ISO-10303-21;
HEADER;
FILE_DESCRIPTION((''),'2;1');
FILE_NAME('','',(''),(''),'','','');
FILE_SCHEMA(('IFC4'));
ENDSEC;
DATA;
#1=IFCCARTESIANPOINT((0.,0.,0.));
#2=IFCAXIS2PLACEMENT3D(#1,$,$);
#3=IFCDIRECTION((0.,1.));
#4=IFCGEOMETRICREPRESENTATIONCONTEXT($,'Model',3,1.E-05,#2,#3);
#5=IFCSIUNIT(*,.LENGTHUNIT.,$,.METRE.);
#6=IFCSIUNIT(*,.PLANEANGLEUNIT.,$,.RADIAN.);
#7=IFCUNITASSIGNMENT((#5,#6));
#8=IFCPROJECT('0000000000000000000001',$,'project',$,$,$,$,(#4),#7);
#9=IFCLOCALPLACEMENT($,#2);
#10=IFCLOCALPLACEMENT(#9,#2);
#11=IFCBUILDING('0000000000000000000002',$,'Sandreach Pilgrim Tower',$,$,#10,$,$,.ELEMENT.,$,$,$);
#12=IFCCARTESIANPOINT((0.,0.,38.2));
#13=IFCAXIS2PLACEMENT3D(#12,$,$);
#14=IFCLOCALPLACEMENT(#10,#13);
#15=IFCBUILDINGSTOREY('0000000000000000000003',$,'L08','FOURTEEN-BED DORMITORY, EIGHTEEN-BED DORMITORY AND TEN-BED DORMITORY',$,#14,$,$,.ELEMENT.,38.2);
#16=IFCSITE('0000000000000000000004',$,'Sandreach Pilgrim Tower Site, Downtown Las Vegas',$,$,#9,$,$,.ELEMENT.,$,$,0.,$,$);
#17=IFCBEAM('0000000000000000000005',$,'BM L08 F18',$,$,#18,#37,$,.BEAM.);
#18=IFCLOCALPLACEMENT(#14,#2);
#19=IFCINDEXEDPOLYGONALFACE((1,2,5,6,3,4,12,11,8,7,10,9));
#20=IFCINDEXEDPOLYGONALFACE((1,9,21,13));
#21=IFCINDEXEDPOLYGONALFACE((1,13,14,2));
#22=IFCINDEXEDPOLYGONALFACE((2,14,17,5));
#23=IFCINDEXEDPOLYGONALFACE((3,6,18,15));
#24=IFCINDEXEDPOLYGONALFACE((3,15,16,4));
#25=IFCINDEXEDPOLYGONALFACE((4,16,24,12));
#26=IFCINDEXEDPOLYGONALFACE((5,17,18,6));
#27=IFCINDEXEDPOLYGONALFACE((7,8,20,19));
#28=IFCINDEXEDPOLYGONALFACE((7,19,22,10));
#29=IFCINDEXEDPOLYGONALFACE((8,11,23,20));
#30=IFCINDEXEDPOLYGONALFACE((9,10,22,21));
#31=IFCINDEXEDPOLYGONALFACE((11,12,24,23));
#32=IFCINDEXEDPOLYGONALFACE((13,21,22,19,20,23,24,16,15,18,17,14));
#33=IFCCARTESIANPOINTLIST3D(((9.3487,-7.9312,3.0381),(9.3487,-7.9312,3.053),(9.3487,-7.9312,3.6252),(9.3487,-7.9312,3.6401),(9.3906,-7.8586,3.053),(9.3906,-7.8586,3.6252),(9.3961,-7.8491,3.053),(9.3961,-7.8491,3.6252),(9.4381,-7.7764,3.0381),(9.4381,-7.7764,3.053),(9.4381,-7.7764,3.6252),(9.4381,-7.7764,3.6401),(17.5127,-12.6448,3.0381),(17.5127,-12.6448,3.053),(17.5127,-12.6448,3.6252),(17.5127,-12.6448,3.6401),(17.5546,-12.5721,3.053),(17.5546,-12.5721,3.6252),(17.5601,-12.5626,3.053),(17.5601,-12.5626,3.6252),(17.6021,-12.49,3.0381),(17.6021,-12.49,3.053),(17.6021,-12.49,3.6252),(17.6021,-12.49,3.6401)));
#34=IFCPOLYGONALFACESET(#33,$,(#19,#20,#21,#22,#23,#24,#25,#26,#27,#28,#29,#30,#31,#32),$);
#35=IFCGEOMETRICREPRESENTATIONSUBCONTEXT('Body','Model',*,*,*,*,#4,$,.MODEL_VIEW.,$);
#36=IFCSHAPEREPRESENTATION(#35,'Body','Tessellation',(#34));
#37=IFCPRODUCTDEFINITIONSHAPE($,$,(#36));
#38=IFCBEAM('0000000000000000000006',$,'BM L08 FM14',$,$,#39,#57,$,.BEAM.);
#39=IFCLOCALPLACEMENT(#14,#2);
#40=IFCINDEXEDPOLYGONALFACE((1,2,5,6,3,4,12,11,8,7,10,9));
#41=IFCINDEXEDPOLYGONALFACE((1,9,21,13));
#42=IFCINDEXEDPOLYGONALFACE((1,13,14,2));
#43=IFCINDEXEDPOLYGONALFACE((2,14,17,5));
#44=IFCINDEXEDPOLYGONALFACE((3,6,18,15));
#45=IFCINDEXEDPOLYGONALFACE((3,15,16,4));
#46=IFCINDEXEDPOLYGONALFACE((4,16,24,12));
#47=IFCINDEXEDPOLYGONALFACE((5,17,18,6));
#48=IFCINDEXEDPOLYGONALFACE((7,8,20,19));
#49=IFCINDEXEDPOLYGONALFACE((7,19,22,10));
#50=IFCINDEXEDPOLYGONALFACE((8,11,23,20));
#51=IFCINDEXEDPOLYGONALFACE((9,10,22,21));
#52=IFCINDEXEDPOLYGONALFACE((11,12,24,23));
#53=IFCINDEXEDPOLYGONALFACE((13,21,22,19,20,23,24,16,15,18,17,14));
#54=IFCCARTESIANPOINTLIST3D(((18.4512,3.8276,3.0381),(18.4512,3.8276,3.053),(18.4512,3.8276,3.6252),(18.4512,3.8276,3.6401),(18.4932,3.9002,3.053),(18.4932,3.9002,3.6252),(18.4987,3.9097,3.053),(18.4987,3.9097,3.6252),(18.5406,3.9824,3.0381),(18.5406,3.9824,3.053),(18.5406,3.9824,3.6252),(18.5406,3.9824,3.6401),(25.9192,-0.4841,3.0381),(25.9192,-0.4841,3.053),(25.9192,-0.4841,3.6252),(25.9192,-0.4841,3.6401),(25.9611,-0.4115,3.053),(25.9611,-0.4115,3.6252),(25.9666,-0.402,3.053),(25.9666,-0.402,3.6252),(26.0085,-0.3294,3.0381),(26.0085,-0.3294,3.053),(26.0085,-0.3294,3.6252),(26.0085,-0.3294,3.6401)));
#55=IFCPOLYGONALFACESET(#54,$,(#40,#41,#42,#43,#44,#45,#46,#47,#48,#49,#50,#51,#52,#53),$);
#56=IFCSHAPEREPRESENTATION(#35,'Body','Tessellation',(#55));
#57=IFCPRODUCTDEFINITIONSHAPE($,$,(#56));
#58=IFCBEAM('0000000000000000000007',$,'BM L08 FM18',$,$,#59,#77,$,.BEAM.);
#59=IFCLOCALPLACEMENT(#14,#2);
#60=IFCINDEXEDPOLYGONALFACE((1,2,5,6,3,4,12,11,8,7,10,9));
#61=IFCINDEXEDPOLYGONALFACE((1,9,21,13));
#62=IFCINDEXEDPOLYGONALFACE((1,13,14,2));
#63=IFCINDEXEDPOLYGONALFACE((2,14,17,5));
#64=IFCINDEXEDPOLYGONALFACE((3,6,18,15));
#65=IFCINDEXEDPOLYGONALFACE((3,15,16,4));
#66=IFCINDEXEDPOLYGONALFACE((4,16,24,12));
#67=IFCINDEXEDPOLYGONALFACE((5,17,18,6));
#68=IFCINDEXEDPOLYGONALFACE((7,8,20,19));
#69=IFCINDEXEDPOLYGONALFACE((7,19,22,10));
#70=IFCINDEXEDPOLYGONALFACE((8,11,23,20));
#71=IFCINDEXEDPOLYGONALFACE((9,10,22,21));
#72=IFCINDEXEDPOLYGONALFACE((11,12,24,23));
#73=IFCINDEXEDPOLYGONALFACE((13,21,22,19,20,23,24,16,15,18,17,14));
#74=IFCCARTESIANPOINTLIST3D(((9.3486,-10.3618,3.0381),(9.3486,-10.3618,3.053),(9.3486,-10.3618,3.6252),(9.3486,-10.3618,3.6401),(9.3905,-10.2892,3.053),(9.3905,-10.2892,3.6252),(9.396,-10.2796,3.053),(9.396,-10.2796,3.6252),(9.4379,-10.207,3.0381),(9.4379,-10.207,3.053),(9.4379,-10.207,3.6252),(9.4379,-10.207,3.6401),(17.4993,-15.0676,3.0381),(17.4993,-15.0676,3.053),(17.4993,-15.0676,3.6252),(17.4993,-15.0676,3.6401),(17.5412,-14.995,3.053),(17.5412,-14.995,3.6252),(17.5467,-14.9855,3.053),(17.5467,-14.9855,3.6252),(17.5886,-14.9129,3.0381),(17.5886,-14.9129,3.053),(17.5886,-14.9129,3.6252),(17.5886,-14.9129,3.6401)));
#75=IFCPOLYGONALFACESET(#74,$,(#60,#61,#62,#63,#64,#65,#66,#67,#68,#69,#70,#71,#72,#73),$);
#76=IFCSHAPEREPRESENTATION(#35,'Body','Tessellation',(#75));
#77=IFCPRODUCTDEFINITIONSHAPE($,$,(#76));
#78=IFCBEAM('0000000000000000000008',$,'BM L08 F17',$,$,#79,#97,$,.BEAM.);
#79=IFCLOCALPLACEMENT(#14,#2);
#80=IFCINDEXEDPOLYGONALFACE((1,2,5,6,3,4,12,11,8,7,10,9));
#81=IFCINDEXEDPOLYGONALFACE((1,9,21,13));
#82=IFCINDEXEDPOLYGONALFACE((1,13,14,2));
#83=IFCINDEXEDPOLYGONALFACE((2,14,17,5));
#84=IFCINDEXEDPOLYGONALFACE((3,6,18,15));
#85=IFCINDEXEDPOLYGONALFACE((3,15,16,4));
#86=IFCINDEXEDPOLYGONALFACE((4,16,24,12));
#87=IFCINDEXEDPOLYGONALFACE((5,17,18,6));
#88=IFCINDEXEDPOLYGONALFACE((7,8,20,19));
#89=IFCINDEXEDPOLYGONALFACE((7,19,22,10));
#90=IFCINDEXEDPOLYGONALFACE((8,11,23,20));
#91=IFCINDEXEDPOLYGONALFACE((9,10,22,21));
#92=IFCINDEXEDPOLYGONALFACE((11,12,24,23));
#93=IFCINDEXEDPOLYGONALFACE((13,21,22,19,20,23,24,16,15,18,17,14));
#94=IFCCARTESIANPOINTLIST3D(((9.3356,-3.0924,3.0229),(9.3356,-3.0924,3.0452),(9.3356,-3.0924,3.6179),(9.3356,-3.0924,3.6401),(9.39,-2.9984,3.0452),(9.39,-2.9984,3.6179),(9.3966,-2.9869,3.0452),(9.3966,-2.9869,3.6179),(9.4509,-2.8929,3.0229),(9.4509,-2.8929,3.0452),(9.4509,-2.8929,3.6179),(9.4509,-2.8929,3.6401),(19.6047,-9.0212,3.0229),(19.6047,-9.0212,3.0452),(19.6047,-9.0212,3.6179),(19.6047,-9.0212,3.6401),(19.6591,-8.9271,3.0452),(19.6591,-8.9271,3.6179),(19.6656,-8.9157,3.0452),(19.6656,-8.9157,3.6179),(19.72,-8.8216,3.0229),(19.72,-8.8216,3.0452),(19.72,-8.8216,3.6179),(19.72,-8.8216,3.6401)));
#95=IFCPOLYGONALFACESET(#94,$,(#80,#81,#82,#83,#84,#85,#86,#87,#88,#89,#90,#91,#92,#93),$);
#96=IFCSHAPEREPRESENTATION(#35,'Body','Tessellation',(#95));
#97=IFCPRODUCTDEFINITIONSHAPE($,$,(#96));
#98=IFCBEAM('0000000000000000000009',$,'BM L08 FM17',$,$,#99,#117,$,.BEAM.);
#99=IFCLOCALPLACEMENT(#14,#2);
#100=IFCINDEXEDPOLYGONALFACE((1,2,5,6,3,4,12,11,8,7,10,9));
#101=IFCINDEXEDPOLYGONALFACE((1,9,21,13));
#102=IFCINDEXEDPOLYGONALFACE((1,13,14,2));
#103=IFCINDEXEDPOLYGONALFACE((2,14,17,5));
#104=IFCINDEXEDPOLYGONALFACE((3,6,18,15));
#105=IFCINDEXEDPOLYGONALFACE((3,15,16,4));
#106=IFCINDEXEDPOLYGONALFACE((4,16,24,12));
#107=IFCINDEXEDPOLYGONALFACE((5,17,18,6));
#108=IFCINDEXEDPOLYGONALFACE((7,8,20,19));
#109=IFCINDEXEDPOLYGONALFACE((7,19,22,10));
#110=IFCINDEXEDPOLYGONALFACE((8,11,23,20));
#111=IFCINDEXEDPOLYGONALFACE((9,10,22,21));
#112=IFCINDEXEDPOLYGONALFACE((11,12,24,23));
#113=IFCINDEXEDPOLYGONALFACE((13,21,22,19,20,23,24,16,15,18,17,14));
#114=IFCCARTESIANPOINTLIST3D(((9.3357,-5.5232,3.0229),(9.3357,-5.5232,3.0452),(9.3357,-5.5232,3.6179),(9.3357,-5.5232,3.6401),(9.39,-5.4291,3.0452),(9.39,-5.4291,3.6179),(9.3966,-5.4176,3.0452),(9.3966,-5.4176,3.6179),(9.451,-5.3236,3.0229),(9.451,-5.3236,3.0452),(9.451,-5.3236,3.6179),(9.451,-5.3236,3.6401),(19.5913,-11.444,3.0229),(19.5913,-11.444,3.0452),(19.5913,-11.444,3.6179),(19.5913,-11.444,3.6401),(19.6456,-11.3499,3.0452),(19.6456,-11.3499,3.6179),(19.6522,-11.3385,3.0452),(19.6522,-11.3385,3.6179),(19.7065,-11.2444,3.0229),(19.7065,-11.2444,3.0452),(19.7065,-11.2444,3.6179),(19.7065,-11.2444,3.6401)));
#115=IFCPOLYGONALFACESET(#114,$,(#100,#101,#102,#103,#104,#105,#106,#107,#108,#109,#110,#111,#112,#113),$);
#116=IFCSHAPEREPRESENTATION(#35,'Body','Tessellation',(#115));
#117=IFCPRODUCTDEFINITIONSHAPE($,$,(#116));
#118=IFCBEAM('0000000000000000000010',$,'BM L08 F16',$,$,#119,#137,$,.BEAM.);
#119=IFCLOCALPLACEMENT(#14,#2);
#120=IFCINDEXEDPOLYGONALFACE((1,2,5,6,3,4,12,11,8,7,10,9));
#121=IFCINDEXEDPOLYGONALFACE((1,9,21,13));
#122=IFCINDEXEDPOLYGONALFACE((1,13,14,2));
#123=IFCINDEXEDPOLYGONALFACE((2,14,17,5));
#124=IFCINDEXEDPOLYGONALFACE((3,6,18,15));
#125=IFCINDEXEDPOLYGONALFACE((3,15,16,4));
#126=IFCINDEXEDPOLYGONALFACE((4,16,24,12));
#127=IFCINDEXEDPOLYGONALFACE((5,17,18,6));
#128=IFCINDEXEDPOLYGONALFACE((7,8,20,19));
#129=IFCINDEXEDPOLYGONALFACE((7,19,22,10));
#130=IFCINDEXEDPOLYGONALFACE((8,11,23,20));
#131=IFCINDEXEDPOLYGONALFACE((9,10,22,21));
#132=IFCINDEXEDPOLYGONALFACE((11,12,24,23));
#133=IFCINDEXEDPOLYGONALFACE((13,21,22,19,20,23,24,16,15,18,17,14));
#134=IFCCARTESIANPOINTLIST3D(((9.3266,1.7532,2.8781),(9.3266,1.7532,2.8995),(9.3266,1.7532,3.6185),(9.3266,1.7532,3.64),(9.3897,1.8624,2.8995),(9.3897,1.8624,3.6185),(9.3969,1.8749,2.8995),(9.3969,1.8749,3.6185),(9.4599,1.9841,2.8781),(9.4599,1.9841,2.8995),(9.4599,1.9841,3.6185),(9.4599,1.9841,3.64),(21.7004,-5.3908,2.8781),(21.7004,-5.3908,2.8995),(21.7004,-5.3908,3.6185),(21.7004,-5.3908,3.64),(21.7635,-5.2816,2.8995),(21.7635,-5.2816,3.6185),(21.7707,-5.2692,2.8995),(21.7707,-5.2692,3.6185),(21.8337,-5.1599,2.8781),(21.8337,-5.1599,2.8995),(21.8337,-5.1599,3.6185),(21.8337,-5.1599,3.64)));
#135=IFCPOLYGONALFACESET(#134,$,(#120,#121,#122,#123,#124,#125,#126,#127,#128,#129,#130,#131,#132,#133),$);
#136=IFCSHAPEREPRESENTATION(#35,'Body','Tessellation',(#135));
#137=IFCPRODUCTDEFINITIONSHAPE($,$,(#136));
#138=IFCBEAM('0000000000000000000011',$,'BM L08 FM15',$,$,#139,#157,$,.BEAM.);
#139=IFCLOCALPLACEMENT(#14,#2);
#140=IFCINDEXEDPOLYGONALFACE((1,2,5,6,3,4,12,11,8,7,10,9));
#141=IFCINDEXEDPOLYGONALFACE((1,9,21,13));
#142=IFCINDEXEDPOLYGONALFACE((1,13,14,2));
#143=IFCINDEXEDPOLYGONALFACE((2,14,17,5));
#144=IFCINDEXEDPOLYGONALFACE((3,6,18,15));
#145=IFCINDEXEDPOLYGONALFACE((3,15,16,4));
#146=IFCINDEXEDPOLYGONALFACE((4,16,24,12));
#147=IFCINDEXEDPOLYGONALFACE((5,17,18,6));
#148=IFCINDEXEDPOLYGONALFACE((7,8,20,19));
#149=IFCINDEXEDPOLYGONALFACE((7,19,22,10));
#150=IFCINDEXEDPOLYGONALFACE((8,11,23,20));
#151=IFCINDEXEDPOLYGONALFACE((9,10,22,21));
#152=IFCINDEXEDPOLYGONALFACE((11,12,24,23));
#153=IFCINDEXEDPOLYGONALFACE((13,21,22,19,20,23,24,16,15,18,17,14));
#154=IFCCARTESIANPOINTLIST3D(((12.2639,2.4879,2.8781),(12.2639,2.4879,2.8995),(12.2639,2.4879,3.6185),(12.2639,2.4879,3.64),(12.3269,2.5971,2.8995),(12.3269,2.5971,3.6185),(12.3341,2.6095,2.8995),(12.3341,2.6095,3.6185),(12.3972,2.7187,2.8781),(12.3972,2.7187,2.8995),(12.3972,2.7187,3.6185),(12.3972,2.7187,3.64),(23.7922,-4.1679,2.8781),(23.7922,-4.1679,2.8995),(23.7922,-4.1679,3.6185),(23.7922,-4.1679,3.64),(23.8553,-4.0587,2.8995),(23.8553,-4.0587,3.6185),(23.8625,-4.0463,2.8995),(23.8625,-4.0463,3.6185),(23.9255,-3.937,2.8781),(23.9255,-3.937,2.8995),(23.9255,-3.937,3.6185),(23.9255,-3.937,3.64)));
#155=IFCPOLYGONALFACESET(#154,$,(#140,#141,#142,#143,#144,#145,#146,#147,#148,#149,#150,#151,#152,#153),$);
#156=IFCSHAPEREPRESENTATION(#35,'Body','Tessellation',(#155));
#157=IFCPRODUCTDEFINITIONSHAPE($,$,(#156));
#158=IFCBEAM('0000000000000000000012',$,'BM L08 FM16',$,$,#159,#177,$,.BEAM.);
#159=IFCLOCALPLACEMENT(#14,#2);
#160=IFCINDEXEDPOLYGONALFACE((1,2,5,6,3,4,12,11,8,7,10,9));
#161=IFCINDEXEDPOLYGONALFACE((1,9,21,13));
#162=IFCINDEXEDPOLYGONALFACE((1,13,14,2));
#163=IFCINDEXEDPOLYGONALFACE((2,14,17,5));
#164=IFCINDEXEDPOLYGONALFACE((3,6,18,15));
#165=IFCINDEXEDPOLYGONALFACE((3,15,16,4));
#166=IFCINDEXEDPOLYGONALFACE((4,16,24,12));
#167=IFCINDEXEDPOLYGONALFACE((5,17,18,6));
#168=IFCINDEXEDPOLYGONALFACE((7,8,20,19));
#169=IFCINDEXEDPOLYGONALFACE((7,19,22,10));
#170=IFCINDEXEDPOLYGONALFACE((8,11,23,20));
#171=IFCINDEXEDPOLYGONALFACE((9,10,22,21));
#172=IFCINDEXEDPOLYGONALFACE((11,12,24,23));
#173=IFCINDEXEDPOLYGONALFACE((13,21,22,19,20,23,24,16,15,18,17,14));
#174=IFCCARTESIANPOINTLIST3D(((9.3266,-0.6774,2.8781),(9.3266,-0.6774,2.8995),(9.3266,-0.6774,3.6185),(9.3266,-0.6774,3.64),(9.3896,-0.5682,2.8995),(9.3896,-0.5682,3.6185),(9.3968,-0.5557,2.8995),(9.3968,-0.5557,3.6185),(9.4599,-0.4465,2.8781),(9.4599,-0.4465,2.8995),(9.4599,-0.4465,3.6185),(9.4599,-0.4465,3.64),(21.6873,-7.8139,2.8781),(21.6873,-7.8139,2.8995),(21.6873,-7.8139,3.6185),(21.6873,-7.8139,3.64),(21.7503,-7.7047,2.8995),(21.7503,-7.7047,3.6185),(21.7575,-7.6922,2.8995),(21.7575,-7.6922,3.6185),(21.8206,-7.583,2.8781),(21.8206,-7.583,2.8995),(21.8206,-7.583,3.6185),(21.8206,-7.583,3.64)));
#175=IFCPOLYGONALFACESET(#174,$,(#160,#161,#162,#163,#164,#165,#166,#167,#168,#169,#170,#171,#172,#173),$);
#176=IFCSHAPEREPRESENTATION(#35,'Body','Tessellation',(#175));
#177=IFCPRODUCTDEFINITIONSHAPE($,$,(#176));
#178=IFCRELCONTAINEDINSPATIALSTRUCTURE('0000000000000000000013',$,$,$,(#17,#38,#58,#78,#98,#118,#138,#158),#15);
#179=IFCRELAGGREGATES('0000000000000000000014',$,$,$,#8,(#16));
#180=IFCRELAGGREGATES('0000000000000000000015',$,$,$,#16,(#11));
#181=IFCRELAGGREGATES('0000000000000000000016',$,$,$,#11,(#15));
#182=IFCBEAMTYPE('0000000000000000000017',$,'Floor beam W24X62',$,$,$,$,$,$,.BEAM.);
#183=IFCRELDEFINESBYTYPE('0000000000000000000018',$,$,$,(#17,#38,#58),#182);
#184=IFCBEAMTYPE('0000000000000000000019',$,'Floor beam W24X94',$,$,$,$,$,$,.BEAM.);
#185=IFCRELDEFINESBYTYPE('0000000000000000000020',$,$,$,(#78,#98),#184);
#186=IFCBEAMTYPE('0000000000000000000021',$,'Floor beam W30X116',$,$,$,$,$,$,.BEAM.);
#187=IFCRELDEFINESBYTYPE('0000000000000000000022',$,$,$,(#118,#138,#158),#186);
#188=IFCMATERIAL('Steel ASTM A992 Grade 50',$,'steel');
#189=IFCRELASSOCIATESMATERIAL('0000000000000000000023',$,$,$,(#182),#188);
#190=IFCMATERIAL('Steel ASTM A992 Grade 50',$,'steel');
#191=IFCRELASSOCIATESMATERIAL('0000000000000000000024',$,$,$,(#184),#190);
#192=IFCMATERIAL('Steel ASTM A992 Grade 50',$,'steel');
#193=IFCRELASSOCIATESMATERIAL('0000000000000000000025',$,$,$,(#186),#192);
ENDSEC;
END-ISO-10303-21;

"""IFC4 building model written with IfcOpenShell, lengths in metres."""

from ifc_helpers import new_model, si_unit, direction, frame, origin, origin_2d, place, context, subcontext, project, spatial, i_section, extrude, material, material_profile, profile_set, type_object, element, save


model = new_model("IFC4")

# Units and contexts
model_context = context("Model", 3, precision=1e-05, world=origin(), true_north=direction((0.0, 1.0)))
body_context = subcontext(model_context, "Body", "Model", "MODEL_VIEW")
ifc_project = project(units=[si_unit("LENGTHUNIT", "METRE"), si_unit("PLANEANGLEUNIT", "RADIAN")], contexts=[model_context])

# Site, building, storey
site_placement = place(None, origin())
site = spatial("IfcSite", under=ifc_project, at=site_placement, Name="Sandreach Pilgrim Tower Site, Downtown Las Vegas", CompositionType="ELEMENT", RefElevation=0.0)
building_placement = place(site_placement, origin())
building = spatial("IfcBuilding", under=site, at=building_placement, Name="Sandreach Pilgrim Tower", CompositionType="ELEMENT")
storey_placement = place(building_placement, frame((0.0, 0.0, 38.2)))
storey = spatial("IfcBuildingStorey", under=building, at=storey_placement, Name="L08", Description="FOURTEEN-BED DORMITORY, EIGHTEEN-BED DORMITORY AND TEN-BED DORMITORY", CompositionType="ELEMENT", Elevation=38.2)

# Beams
ifc_material_1 = material(Name="Steel ASTM A992 Grade 50", Category="steel")
ifc_material_profile_1 = material_profile(ifc_material_1, i_section(OverallWidth=0.1787, OverallDepth=0.6021, WebThickness=0.011, FlangeThickness=0.0149, at=origin_2d()), Name="W24X62")
ifc_profile_set_1 = profile_set([ifc_material_profile_1], Name="Steel ASTM A992 Grade 50")
beam_type_1 = type_object("IfcBeamType", Name="Floor beam W24X62", PredefinedType="BEAM", material=ifc_profile_set_1)
beam_1_placement = place(storey_placement, frame((17.5574, -12.5674, 3.3391), z_axis=(-0.866021, 0.500008, 0.0), x_axis=(-0.500008, -0.866021, 0.0)))
element("IfcBeam", 1, at=beam_1_placement, inside=storey, type_object=beam_type_1, Name="BM L08 F18", PredefinedType="BEAM", context=body_context, shape_type="SweptSolid", body=[
    extrude(i_section(OverallWidth=0.1787, OverallDepth=0.6021, WebThickness=0.011, FlangeThickness=0.0149, at=origin_2d()), origin(), (0.0, 0.0, 1.0), 9.427),
])
beam_2_placement = place(storey_placement, frame((25.9639, -0.4067, 3.3391), z_axis=(-0.86602, 0.500009, 0.0), x_axis=(-0.500009, -0.86602, 0.0)))
element("IfcBeam", 2, at=beam_2_placement, inside=storey, type_object=beam_type_1, Name="BM L08 FM14", PredefinedType="BEAM", context=body_context, shape_type="SweptSolid", body=[
    extrude(i_section(OverallWidth=0.1787, OverallDepth=0.6021, WebThickness=0.011, FlangeThickness=0.0149, at=origin_2d()), origin(), (0.0, 0.0, 1.0), 8.6233),
])
beam_3_placement = place(storey_placement, frame((17.5439, -14.9902, 3.3391), z_axis=(-0.866024, 0.500003, 0.0), x_axis=(-0.500003, -0.866024, 0.0)))
element("IfcBeam", 3, at=beam_3_placement, inside=storey, type_object=beam_type_1, Name="BM L08 FM18", PredefinedType="BEAM", context=body_context, shape_type="SweptSolid", body=[
    extrude(i_section(OverallWidth=0.1787, OverallDepth=0.6021, WebThickness=0.011, FlangeThickness=0.0149, at=origin_2d()), origin(), (0.0, 0.0, 1.0), 9.4116),
])
ifc_material_2 = material(Name="Steel ASTM A992 Grade 50", Category="steel")
ifc_material_profile_2 = material_profile(ifc_material_2, i_section(OverallWidth=0.2305, OverallDepth=0.6172, WebThickness=0.0132, FlangeThickness=0.0222, at=origin_2d()), Name="W24X94")
ifc_profile_set_2 = profile_set([ifc_material_profile_2], Name="Steel ASTM A992 Grade 50")
beam_type_2 = type_object("IfcBeamType", Name="Floor beam W24X94", PredefinedType="BEAM", material=ifc_profile_set_2)
beam_4_placement = place(storey_placement, frame((19.6624, -8.9214, 3.3315), z_axis=(-0.86603, 0.499992, 0.0), x_axis=(-0.499992, -0.86603, 0.0)))
element("IfcBeam", 4, at=beam_4_placement, inside=storey, type_object=beam_type_2, Name="BM L08 F17", PredefinedType="BEAM", context=body_context, shape_type="SweptSolid", body=[
    extrude(i_section(OverallWidth=0.2305, OverallDepth=0.6172, WebThickness=0.0132, FlangeThickness=0.0222, at=origin_2d()), origin(), (0.0, 0.0, 1.0), 11.8577),
])
beam_5_placement = place(storey_placement, frame((19.6489, -11.3442, 3.3315), z_axis=(-0.866032, 0.499988, 0.0), x_axis=(-0.499988, -0.866032, 0.0)))
element("IfcBeam", 5, at=beam_5_placement, inside=storey, type_object=beam_type_2, Name="BM L08 FM17", PredefinedType="BEAM", context=body_context, shape_type="SweptSolid", body=[
    extrude(i_section(OverallWidth=0.2305, OverallDepth=0.6172, WebThickness=0.0132, FlangeThickness=0.0222, at=origin_2d()), origin(), (0.0, 0.0, 1.0), 11.842),
])
ifc_material_3 = material(Name="Steel ASTM A992 Grade 50", Category="steel")
ifc_material_profile_3 = material_profile(ifc_material_3, i_section(OverallWidth=0.2666, OverallDepth=0.762, WebThickness=0.0144, FlangeThickness=0.0215, at=origin_2d()), Name="W30X116")
ifc_profile_set_3 = profile_set([ifc_material_profile_3], Name="Steel ASTM A992 Grade 50")
beam_type_3 = type_object("IfcBeamType", Name="Floor beam W30X116", PredefinedType="BEAM", material=ifc_profile_set_3)
beam_6_placement = place(storey_placement, frame((21.7671, -5.2754, 3.259), z_axis=(-0.866024, 0.500002, 0.0), x_axis=(-0.500002, -0.866024, 0.0)))
element("IfcBeam", 6, at=beam_6_placement, inside=storey, type_object=beam_type_3, Name="BM L08 F16", PredefinedType="BEAM", context=body_context, shape_type="SweptSolid", body=[
    extrude(i_section(OverallWidth=0.2666, OverallDepth=0.762, WebThickness=0.0144, FlangeThickness=0.0215, at=origin_2d()), origin(), (0.0, 0.0, 1.0), 14.2881),
])
beam_7_placement = place(storey_placement, frame((23.8589, -4.0525, 3.259), z_axis=(-0.866029, 0.499993, 0.0), x_axis=(-0.499993, -0.866029, 0.0)))
element("IfcBeam", 7, at=beam_7_placement, inside=storey, type_object=beam_type_3, Name="BM L08 FM15", PredefinedType="BEAM", context=body_context, shape_type="SweptSolid", body=[
    extrude(i_section(OverallWidth=0.2666, OverallDepth=0.762, WebThickness=0.0144, FlangeThickness=0.0215, at=origin_2d()), origin(), (0.0, 0.0, 1.0), 13.3118),
])
beam_8_placement = place(storey_placement, frame((21.7539, -7.6985, 3.259), z_axis=(-0.866023, 0.500004, 0.0), x_axis=(-0.500004, -0.866023, 0.0)))
element("IfcBeam", 8, at=beam_8_placement, inside=storey, type_object=beam_type_3, Name="BM L08 FM16", PredefinedType="BEAM", context=body_context, shape_type="SweptSolid", body=[
    extrude(i_section(OverallWidth=0.2666, OverallDepth=0.762, WebThickness=0.0144, FlangeThickness=0.0215, at=origin_2d()), origin(), (0.0, 0.0, 1.0), 14.2729),
])

save(model, "model.ifc")
